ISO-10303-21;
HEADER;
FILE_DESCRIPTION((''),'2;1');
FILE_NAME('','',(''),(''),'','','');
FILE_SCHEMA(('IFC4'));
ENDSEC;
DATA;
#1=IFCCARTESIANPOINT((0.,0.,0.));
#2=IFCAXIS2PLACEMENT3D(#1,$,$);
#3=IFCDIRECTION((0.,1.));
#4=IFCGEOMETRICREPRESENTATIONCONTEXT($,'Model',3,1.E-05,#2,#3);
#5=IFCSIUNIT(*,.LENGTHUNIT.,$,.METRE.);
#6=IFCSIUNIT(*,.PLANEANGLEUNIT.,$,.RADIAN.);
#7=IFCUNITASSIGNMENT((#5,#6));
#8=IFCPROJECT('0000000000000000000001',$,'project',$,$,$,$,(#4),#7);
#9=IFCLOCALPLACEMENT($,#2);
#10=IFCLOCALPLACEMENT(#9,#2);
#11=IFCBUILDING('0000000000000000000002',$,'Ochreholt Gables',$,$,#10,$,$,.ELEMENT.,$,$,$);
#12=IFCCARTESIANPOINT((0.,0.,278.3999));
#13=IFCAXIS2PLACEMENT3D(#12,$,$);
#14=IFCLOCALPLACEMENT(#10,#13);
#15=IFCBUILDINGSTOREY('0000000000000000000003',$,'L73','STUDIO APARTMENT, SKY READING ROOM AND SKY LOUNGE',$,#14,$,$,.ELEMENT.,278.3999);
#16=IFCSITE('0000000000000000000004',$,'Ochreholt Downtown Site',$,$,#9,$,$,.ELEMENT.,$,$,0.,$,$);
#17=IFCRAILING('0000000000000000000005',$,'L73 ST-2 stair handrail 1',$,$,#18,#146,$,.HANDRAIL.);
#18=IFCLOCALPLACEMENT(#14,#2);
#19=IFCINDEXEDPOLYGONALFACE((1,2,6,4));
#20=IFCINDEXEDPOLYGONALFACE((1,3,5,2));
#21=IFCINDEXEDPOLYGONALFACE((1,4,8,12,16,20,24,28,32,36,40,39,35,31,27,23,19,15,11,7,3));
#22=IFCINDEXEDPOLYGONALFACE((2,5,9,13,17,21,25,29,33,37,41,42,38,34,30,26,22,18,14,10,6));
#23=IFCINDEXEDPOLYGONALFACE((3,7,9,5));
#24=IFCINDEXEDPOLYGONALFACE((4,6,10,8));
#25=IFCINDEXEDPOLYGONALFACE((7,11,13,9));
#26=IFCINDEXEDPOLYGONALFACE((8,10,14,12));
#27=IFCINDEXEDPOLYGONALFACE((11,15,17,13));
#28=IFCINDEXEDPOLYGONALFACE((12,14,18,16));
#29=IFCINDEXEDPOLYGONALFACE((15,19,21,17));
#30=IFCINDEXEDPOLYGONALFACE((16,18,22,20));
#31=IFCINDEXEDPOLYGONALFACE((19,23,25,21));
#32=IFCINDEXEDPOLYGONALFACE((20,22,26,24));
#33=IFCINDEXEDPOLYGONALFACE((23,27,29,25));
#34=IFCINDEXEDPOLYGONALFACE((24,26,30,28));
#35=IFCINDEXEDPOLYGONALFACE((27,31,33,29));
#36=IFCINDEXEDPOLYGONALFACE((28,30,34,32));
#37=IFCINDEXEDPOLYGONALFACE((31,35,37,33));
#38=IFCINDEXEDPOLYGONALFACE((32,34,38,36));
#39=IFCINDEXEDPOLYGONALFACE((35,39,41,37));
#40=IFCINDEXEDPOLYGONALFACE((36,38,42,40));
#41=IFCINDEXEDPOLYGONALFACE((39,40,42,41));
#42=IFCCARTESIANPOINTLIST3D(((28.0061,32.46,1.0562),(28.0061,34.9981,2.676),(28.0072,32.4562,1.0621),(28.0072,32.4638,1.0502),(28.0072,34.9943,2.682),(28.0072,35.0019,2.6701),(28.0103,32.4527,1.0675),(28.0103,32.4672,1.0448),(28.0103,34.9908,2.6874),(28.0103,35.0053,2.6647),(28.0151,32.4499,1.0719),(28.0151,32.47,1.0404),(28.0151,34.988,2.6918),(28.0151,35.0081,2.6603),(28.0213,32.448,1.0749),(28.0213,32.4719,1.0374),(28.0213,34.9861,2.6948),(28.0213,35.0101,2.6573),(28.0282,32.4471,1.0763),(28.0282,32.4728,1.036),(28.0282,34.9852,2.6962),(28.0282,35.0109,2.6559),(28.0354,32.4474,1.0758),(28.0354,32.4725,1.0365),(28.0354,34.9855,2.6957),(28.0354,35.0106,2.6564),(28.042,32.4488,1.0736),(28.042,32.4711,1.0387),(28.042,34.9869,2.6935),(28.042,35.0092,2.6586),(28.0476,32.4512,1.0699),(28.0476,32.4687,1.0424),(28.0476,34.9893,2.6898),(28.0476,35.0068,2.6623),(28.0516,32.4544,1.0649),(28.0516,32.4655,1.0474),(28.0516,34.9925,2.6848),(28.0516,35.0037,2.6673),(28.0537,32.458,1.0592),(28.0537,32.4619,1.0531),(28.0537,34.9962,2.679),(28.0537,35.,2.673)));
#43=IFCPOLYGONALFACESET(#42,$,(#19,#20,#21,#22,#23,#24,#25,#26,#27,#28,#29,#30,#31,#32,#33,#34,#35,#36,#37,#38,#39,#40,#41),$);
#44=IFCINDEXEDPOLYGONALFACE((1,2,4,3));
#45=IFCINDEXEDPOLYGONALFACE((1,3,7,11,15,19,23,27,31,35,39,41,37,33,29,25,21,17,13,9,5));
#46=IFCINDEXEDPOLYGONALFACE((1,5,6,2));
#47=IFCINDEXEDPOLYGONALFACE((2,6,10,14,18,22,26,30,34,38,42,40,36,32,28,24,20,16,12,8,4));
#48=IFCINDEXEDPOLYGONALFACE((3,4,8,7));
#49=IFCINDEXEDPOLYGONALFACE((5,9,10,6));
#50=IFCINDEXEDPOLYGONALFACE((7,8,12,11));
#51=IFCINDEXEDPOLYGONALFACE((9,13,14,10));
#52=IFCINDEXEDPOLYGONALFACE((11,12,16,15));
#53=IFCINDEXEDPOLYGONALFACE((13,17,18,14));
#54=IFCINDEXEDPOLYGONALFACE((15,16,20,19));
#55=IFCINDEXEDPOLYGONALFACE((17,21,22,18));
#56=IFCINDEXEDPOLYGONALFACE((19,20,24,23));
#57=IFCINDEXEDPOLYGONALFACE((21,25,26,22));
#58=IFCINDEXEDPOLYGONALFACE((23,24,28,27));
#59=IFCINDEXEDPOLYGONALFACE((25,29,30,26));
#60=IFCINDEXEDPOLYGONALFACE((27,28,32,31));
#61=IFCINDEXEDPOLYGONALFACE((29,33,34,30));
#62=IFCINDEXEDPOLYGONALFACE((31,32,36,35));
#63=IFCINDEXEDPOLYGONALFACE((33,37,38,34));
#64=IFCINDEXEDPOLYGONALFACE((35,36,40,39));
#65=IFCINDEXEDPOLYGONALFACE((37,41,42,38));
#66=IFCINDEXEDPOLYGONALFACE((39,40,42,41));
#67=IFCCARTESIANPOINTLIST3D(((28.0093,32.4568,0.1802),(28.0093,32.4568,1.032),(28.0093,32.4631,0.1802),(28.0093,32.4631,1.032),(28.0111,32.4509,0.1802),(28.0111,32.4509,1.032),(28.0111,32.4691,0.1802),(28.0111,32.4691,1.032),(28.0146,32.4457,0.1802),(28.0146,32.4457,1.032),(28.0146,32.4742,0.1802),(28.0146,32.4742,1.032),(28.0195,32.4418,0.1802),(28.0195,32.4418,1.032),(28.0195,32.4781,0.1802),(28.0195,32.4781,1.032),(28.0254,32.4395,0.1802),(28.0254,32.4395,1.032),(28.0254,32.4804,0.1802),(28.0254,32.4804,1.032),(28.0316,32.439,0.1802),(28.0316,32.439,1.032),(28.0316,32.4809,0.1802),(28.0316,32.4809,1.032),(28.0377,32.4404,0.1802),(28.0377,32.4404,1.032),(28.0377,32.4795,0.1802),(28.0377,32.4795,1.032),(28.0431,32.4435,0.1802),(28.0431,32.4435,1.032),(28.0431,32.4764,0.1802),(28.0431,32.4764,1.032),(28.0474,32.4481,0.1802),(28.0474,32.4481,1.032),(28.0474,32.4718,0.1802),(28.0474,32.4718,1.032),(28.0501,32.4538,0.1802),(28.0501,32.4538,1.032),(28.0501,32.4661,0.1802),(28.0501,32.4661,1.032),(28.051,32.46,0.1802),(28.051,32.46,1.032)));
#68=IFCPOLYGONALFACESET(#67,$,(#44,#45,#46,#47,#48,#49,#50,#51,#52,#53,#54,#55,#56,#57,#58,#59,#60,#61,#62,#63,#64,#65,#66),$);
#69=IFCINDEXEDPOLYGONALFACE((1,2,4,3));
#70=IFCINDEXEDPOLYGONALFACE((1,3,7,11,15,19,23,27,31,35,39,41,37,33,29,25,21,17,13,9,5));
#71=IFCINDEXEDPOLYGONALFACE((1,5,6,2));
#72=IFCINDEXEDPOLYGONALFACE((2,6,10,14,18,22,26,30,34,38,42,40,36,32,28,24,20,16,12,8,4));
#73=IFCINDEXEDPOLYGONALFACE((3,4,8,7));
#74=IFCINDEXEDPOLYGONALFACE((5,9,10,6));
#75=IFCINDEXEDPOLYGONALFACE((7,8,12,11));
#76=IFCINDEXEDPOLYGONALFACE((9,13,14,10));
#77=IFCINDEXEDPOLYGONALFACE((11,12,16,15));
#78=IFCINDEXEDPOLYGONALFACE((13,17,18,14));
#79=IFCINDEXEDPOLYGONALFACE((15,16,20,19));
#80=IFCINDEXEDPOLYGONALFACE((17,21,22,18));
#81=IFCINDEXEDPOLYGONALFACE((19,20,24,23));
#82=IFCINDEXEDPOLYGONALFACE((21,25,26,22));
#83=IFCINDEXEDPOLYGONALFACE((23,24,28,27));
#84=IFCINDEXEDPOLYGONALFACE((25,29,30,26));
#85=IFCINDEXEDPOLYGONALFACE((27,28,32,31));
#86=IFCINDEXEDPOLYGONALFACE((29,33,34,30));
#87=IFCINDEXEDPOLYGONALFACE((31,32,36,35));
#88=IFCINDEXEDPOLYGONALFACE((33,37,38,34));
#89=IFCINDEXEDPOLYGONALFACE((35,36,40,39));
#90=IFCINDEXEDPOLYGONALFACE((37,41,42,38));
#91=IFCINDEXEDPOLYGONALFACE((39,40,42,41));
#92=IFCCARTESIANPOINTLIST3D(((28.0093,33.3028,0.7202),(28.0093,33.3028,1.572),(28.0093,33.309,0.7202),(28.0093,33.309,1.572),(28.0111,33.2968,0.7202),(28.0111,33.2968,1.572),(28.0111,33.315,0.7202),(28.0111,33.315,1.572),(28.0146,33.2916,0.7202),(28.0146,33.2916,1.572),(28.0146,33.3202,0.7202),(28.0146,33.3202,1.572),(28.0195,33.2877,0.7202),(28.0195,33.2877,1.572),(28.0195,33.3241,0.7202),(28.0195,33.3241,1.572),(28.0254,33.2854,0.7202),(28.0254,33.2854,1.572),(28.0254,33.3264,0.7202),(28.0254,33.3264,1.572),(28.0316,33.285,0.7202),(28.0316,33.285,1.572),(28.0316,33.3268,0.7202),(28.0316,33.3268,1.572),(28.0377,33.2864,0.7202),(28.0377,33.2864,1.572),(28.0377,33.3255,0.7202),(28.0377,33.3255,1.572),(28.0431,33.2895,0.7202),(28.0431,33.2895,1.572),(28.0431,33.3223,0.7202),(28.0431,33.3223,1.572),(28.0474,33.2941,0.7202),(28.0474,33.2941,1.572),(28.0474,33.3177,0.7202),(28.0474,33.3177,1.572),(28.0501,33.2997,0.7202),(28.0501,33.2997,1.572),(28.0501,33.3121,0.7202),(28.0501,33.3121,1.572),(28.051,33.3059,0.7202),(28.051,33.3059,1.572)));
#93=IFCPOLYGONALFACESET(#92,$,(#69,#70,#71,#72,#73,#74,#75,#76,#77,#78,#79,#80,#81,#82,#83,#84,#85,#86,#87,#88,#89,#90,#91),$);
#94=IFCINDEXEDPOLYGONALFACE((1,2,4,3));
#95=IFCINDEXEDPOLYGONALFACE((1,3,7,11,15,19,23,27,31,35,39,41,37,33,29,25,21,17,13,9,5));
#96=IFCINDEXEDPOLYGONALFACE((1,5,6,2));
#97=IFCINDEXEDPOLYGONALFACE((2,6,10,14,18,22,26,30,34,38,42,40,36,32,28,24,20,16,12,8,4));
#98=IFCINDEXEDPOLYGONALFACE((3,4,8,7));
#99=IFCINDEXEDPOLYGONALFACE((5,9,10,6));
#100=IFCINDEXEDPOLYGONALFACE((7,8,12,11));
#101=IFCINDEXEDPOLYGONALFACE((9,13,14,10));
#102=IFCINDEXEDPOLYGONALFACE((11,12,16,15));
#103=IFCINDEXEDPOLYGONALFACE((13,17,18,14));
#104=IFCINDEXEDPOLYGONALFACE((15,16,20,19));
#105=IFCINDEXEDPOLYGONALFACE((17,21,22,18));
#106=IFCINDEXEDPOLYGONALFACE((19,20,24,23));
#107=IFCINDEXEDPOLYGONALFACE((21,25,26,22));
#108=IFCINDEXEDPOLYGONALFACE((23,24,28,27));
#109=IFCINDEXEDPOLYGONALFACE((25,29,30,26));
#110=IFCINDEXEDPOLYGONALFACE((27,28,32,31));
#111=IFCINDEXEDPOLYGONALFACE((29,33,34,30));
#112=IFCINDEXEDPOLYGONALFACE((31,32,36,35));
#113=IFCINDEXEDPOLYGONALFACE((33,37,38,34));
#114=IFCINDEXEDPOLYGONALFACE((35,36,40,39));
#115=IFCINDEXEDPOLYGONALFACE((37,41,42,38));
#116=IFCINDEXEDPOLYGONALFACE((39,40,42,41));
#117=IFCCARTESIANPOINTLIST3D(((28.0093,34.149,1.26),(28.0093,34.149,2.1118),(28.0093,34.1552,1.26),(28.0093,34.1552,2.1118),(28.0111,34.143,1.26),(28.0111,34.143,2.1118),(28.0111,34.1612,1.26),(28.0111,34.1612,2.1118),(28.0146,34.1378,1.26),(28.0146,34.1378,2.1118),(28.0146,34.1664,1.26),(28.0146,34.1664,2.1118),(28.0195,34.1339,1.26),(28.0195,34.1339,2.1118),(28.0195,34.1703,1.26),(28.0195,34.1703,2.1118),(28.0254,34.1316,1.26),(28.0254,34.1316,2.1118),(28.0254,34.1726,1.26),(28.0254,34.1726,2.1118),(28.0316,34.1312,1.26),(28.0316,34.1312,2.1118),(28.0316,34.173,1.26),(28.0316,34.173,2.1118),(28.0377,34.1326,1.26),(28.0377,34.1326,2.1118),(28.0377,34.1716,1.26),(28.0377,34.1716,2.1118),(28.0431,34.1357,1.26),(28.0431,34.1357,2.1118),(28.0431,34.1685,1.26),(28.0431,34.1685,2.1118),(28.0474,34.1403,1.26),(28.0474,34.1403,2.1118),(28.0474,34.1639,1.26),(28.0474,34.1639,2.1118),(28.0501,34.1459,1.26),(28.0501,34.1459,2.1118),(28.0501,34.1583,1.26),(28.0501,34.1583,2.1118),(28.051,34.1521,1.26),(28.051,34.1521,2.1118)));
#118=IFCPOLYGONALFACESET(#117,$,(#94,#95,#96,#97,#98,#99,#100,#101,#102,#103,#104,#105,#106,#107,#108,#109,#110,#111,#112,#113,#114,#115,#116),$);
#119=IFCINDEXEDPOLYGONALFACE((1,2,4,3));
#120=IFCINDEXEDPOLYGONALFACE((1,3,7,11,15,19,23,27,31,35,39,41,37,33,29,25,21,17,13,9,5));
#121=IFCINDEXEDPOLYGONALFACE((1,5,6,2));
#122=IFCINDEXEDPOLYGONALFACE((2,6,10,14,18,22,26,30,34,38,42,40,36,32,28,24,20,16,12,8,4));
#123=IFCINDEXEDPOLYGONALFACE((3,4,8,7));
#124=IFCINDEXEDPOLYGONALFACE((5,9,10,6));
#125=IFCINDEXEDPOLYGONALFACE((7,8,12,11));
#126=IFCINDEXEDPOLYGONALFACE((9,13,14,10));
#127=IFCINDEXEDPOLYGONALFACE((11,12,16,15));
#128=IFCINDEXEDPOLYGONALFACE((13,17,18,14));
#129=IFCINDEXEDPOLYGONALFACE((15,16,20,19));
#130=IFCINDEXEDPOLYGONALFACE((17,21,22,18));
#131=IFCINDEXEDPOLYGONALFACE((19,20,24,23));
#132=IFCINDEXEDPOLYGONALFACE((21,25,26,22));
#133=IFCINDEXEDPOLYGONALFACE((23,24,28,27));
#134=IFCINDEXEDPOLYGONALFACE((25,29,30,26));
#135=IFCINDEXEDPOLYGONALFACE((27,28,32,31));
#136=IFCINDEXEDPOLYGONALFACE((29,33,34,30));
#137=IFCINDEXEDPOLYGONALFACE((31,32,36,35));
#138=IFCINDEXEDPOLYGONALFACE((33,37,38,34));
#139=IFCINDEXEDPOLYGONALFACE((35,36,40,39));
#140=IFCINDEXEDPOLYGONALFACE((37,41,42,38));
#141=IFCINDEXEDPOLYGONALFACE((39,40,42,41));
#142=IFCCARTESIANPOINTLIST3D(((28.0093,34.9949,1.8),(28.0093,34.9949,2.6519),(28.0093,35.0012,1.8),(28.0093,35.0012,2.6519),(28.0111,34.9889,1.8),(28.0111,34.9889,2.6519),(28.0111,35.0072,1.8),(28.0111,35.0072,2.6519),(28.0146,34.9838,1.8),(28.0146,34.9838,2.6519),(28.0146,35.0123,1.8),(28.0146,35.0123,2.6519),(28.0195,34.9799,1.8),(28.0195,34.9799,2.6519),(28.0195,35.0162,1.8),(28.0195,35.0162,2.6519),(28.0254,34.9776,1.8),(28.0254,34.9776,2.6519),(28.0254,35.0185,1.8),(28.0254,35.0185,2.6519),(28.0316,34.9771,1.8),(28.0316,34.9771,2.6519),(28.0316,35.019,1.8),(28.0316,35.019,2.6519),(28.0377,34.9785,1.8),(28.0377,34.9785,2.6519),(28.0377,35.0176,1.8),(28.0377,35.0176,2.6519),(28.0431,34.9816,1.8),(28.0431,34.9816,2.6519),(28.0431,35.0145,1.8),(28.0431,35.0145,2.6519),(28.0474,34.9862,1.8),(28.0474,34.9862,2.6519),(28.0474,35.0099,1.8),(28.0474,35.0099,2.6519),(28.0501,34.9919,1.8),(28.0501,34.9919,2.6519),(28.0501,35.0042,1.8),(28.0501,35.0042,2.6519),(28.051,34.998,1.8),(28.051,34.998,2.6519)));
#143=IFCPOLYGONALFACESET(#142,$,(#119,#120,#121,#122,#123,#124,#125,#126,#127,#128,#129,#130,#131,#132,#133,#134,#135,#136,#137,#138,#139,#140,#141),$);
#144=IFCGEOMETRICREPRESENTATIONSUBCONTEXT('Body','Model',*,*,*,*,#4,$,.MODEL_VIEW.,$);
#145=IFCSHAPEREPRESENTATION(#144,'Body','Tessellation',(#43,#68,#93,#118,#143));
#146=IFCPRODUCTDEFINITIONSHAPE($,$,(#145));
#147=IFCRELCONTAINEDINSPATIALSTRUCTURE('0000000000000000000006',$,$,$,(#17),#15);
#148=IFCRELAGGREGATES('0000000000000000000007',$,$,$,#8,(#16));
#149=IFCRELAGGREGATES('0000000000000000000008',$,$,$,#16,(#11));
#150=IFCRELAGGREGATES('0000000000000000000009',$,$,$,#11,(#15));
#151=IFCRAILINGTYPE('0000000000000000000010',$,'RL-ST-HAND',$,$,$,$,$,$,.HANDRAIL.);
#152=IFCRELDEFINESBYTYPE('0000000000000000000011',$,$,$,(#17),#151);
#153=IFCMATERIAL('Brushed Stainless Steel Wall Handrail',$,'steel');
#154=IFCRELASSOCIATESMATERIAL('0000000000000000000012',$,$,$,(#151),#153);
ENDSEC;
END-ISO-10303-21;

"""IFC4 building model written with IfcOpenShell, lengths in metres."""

from ifc_helpers import new_model, si_unit, direction, frame, origin, origin_2d, place, context, subcontext, project, spatial, circle, extrude, material, type_object, element, save


model = new_model("IFC4")

# Units and contexts
model_context = context("Model", 3, precision=1e-05, world=origin(), true_north=direction((0.0, 1.0)))
body_context = subcontext(model_context, "Body", "Model", "MODEL_VIEW")
ifc_project = project(units=[si_unit("LENGTHUNIT", "METRE"), si_unit("PLANEANGLEUNIT", "RADIAN")], contexts=[model_context])

# Site, building, storey
site_placement = place(None, origin())
site = spatial("IfcSite", under=ifc_project, at=site_placement, Name="Ochreholt Downtown Site", CompositionType="ELEMENT", RefElevation=0.0)
building_placement = place(site_placement, origin())
building = spatial("IfcBuilding", under=site, at=building_placement, Name="Ochreholt Gables", CompositionType="ELEMENT")
storey_placement = place(building_placement, frame((0.0, 0.0, 278.3999)))
storey = spatial("IfcBuildingStorey", under=building, at=storey_placement, Name="L73", Description="STUDIO APARTMENT, SKY READING ROOM AND SKY LOUNGE", CompositionType="ELEMENT", Elevation=278.3999)

# Railing
ifc_material_1 = material(Name="Brushed Stainless Steel Wall Handrail", Category="steel")
railing_type_1 = type_object("IfcRailingType", Name="RL-ST-HAND", PredefinedType="HANDRAIL", material=ifc_material_1)
railing_1_placement = place(storey_placement, frame((28.03, 32.46, 0.1802)))
element("IfcRailing", 1, at=railing_1_placement, inside=storey, type_object=railing_type_1, Name="L73 ST-2 stair handrail 1", PredefinedType="HANDRAIL", context=body_context, shape_type="SweptSolid", body=[
    extrude(circle(Radius=0.0239, at=origin_2d()), frame((0.0, 0.0, 0.876), z_axis=(0.0, 0.84295, 0.537993), x_axis=(-1.0, 0.0, 0.0)), (0.0, 0.0, 1.0), 3.011),
    extrude(circle(Radius=0.021, at=origin_2d()), origin(), (0.0, 0.0, 1.0), 0.8518),
    extrude(circle(Radius=0.021, at=origin_2d()), frame((0.0, 0.8459, 0.54)), (0.0, 0.0, 1.0), 0.8518),
    extrude(circle(Radius=0.021, at=origin_2d()), frame((0.0, 1.6921, 1.0798)), (0.0, 0.0, 1.0), 0.8518),
    extrude(circle(Radius=0.021, at=origin_2d()), frame((0.0, 2.5381, 1.6199)), (0.0, 0.0, 1.0), 0.8518),
])

save(model, "model.ifc")
